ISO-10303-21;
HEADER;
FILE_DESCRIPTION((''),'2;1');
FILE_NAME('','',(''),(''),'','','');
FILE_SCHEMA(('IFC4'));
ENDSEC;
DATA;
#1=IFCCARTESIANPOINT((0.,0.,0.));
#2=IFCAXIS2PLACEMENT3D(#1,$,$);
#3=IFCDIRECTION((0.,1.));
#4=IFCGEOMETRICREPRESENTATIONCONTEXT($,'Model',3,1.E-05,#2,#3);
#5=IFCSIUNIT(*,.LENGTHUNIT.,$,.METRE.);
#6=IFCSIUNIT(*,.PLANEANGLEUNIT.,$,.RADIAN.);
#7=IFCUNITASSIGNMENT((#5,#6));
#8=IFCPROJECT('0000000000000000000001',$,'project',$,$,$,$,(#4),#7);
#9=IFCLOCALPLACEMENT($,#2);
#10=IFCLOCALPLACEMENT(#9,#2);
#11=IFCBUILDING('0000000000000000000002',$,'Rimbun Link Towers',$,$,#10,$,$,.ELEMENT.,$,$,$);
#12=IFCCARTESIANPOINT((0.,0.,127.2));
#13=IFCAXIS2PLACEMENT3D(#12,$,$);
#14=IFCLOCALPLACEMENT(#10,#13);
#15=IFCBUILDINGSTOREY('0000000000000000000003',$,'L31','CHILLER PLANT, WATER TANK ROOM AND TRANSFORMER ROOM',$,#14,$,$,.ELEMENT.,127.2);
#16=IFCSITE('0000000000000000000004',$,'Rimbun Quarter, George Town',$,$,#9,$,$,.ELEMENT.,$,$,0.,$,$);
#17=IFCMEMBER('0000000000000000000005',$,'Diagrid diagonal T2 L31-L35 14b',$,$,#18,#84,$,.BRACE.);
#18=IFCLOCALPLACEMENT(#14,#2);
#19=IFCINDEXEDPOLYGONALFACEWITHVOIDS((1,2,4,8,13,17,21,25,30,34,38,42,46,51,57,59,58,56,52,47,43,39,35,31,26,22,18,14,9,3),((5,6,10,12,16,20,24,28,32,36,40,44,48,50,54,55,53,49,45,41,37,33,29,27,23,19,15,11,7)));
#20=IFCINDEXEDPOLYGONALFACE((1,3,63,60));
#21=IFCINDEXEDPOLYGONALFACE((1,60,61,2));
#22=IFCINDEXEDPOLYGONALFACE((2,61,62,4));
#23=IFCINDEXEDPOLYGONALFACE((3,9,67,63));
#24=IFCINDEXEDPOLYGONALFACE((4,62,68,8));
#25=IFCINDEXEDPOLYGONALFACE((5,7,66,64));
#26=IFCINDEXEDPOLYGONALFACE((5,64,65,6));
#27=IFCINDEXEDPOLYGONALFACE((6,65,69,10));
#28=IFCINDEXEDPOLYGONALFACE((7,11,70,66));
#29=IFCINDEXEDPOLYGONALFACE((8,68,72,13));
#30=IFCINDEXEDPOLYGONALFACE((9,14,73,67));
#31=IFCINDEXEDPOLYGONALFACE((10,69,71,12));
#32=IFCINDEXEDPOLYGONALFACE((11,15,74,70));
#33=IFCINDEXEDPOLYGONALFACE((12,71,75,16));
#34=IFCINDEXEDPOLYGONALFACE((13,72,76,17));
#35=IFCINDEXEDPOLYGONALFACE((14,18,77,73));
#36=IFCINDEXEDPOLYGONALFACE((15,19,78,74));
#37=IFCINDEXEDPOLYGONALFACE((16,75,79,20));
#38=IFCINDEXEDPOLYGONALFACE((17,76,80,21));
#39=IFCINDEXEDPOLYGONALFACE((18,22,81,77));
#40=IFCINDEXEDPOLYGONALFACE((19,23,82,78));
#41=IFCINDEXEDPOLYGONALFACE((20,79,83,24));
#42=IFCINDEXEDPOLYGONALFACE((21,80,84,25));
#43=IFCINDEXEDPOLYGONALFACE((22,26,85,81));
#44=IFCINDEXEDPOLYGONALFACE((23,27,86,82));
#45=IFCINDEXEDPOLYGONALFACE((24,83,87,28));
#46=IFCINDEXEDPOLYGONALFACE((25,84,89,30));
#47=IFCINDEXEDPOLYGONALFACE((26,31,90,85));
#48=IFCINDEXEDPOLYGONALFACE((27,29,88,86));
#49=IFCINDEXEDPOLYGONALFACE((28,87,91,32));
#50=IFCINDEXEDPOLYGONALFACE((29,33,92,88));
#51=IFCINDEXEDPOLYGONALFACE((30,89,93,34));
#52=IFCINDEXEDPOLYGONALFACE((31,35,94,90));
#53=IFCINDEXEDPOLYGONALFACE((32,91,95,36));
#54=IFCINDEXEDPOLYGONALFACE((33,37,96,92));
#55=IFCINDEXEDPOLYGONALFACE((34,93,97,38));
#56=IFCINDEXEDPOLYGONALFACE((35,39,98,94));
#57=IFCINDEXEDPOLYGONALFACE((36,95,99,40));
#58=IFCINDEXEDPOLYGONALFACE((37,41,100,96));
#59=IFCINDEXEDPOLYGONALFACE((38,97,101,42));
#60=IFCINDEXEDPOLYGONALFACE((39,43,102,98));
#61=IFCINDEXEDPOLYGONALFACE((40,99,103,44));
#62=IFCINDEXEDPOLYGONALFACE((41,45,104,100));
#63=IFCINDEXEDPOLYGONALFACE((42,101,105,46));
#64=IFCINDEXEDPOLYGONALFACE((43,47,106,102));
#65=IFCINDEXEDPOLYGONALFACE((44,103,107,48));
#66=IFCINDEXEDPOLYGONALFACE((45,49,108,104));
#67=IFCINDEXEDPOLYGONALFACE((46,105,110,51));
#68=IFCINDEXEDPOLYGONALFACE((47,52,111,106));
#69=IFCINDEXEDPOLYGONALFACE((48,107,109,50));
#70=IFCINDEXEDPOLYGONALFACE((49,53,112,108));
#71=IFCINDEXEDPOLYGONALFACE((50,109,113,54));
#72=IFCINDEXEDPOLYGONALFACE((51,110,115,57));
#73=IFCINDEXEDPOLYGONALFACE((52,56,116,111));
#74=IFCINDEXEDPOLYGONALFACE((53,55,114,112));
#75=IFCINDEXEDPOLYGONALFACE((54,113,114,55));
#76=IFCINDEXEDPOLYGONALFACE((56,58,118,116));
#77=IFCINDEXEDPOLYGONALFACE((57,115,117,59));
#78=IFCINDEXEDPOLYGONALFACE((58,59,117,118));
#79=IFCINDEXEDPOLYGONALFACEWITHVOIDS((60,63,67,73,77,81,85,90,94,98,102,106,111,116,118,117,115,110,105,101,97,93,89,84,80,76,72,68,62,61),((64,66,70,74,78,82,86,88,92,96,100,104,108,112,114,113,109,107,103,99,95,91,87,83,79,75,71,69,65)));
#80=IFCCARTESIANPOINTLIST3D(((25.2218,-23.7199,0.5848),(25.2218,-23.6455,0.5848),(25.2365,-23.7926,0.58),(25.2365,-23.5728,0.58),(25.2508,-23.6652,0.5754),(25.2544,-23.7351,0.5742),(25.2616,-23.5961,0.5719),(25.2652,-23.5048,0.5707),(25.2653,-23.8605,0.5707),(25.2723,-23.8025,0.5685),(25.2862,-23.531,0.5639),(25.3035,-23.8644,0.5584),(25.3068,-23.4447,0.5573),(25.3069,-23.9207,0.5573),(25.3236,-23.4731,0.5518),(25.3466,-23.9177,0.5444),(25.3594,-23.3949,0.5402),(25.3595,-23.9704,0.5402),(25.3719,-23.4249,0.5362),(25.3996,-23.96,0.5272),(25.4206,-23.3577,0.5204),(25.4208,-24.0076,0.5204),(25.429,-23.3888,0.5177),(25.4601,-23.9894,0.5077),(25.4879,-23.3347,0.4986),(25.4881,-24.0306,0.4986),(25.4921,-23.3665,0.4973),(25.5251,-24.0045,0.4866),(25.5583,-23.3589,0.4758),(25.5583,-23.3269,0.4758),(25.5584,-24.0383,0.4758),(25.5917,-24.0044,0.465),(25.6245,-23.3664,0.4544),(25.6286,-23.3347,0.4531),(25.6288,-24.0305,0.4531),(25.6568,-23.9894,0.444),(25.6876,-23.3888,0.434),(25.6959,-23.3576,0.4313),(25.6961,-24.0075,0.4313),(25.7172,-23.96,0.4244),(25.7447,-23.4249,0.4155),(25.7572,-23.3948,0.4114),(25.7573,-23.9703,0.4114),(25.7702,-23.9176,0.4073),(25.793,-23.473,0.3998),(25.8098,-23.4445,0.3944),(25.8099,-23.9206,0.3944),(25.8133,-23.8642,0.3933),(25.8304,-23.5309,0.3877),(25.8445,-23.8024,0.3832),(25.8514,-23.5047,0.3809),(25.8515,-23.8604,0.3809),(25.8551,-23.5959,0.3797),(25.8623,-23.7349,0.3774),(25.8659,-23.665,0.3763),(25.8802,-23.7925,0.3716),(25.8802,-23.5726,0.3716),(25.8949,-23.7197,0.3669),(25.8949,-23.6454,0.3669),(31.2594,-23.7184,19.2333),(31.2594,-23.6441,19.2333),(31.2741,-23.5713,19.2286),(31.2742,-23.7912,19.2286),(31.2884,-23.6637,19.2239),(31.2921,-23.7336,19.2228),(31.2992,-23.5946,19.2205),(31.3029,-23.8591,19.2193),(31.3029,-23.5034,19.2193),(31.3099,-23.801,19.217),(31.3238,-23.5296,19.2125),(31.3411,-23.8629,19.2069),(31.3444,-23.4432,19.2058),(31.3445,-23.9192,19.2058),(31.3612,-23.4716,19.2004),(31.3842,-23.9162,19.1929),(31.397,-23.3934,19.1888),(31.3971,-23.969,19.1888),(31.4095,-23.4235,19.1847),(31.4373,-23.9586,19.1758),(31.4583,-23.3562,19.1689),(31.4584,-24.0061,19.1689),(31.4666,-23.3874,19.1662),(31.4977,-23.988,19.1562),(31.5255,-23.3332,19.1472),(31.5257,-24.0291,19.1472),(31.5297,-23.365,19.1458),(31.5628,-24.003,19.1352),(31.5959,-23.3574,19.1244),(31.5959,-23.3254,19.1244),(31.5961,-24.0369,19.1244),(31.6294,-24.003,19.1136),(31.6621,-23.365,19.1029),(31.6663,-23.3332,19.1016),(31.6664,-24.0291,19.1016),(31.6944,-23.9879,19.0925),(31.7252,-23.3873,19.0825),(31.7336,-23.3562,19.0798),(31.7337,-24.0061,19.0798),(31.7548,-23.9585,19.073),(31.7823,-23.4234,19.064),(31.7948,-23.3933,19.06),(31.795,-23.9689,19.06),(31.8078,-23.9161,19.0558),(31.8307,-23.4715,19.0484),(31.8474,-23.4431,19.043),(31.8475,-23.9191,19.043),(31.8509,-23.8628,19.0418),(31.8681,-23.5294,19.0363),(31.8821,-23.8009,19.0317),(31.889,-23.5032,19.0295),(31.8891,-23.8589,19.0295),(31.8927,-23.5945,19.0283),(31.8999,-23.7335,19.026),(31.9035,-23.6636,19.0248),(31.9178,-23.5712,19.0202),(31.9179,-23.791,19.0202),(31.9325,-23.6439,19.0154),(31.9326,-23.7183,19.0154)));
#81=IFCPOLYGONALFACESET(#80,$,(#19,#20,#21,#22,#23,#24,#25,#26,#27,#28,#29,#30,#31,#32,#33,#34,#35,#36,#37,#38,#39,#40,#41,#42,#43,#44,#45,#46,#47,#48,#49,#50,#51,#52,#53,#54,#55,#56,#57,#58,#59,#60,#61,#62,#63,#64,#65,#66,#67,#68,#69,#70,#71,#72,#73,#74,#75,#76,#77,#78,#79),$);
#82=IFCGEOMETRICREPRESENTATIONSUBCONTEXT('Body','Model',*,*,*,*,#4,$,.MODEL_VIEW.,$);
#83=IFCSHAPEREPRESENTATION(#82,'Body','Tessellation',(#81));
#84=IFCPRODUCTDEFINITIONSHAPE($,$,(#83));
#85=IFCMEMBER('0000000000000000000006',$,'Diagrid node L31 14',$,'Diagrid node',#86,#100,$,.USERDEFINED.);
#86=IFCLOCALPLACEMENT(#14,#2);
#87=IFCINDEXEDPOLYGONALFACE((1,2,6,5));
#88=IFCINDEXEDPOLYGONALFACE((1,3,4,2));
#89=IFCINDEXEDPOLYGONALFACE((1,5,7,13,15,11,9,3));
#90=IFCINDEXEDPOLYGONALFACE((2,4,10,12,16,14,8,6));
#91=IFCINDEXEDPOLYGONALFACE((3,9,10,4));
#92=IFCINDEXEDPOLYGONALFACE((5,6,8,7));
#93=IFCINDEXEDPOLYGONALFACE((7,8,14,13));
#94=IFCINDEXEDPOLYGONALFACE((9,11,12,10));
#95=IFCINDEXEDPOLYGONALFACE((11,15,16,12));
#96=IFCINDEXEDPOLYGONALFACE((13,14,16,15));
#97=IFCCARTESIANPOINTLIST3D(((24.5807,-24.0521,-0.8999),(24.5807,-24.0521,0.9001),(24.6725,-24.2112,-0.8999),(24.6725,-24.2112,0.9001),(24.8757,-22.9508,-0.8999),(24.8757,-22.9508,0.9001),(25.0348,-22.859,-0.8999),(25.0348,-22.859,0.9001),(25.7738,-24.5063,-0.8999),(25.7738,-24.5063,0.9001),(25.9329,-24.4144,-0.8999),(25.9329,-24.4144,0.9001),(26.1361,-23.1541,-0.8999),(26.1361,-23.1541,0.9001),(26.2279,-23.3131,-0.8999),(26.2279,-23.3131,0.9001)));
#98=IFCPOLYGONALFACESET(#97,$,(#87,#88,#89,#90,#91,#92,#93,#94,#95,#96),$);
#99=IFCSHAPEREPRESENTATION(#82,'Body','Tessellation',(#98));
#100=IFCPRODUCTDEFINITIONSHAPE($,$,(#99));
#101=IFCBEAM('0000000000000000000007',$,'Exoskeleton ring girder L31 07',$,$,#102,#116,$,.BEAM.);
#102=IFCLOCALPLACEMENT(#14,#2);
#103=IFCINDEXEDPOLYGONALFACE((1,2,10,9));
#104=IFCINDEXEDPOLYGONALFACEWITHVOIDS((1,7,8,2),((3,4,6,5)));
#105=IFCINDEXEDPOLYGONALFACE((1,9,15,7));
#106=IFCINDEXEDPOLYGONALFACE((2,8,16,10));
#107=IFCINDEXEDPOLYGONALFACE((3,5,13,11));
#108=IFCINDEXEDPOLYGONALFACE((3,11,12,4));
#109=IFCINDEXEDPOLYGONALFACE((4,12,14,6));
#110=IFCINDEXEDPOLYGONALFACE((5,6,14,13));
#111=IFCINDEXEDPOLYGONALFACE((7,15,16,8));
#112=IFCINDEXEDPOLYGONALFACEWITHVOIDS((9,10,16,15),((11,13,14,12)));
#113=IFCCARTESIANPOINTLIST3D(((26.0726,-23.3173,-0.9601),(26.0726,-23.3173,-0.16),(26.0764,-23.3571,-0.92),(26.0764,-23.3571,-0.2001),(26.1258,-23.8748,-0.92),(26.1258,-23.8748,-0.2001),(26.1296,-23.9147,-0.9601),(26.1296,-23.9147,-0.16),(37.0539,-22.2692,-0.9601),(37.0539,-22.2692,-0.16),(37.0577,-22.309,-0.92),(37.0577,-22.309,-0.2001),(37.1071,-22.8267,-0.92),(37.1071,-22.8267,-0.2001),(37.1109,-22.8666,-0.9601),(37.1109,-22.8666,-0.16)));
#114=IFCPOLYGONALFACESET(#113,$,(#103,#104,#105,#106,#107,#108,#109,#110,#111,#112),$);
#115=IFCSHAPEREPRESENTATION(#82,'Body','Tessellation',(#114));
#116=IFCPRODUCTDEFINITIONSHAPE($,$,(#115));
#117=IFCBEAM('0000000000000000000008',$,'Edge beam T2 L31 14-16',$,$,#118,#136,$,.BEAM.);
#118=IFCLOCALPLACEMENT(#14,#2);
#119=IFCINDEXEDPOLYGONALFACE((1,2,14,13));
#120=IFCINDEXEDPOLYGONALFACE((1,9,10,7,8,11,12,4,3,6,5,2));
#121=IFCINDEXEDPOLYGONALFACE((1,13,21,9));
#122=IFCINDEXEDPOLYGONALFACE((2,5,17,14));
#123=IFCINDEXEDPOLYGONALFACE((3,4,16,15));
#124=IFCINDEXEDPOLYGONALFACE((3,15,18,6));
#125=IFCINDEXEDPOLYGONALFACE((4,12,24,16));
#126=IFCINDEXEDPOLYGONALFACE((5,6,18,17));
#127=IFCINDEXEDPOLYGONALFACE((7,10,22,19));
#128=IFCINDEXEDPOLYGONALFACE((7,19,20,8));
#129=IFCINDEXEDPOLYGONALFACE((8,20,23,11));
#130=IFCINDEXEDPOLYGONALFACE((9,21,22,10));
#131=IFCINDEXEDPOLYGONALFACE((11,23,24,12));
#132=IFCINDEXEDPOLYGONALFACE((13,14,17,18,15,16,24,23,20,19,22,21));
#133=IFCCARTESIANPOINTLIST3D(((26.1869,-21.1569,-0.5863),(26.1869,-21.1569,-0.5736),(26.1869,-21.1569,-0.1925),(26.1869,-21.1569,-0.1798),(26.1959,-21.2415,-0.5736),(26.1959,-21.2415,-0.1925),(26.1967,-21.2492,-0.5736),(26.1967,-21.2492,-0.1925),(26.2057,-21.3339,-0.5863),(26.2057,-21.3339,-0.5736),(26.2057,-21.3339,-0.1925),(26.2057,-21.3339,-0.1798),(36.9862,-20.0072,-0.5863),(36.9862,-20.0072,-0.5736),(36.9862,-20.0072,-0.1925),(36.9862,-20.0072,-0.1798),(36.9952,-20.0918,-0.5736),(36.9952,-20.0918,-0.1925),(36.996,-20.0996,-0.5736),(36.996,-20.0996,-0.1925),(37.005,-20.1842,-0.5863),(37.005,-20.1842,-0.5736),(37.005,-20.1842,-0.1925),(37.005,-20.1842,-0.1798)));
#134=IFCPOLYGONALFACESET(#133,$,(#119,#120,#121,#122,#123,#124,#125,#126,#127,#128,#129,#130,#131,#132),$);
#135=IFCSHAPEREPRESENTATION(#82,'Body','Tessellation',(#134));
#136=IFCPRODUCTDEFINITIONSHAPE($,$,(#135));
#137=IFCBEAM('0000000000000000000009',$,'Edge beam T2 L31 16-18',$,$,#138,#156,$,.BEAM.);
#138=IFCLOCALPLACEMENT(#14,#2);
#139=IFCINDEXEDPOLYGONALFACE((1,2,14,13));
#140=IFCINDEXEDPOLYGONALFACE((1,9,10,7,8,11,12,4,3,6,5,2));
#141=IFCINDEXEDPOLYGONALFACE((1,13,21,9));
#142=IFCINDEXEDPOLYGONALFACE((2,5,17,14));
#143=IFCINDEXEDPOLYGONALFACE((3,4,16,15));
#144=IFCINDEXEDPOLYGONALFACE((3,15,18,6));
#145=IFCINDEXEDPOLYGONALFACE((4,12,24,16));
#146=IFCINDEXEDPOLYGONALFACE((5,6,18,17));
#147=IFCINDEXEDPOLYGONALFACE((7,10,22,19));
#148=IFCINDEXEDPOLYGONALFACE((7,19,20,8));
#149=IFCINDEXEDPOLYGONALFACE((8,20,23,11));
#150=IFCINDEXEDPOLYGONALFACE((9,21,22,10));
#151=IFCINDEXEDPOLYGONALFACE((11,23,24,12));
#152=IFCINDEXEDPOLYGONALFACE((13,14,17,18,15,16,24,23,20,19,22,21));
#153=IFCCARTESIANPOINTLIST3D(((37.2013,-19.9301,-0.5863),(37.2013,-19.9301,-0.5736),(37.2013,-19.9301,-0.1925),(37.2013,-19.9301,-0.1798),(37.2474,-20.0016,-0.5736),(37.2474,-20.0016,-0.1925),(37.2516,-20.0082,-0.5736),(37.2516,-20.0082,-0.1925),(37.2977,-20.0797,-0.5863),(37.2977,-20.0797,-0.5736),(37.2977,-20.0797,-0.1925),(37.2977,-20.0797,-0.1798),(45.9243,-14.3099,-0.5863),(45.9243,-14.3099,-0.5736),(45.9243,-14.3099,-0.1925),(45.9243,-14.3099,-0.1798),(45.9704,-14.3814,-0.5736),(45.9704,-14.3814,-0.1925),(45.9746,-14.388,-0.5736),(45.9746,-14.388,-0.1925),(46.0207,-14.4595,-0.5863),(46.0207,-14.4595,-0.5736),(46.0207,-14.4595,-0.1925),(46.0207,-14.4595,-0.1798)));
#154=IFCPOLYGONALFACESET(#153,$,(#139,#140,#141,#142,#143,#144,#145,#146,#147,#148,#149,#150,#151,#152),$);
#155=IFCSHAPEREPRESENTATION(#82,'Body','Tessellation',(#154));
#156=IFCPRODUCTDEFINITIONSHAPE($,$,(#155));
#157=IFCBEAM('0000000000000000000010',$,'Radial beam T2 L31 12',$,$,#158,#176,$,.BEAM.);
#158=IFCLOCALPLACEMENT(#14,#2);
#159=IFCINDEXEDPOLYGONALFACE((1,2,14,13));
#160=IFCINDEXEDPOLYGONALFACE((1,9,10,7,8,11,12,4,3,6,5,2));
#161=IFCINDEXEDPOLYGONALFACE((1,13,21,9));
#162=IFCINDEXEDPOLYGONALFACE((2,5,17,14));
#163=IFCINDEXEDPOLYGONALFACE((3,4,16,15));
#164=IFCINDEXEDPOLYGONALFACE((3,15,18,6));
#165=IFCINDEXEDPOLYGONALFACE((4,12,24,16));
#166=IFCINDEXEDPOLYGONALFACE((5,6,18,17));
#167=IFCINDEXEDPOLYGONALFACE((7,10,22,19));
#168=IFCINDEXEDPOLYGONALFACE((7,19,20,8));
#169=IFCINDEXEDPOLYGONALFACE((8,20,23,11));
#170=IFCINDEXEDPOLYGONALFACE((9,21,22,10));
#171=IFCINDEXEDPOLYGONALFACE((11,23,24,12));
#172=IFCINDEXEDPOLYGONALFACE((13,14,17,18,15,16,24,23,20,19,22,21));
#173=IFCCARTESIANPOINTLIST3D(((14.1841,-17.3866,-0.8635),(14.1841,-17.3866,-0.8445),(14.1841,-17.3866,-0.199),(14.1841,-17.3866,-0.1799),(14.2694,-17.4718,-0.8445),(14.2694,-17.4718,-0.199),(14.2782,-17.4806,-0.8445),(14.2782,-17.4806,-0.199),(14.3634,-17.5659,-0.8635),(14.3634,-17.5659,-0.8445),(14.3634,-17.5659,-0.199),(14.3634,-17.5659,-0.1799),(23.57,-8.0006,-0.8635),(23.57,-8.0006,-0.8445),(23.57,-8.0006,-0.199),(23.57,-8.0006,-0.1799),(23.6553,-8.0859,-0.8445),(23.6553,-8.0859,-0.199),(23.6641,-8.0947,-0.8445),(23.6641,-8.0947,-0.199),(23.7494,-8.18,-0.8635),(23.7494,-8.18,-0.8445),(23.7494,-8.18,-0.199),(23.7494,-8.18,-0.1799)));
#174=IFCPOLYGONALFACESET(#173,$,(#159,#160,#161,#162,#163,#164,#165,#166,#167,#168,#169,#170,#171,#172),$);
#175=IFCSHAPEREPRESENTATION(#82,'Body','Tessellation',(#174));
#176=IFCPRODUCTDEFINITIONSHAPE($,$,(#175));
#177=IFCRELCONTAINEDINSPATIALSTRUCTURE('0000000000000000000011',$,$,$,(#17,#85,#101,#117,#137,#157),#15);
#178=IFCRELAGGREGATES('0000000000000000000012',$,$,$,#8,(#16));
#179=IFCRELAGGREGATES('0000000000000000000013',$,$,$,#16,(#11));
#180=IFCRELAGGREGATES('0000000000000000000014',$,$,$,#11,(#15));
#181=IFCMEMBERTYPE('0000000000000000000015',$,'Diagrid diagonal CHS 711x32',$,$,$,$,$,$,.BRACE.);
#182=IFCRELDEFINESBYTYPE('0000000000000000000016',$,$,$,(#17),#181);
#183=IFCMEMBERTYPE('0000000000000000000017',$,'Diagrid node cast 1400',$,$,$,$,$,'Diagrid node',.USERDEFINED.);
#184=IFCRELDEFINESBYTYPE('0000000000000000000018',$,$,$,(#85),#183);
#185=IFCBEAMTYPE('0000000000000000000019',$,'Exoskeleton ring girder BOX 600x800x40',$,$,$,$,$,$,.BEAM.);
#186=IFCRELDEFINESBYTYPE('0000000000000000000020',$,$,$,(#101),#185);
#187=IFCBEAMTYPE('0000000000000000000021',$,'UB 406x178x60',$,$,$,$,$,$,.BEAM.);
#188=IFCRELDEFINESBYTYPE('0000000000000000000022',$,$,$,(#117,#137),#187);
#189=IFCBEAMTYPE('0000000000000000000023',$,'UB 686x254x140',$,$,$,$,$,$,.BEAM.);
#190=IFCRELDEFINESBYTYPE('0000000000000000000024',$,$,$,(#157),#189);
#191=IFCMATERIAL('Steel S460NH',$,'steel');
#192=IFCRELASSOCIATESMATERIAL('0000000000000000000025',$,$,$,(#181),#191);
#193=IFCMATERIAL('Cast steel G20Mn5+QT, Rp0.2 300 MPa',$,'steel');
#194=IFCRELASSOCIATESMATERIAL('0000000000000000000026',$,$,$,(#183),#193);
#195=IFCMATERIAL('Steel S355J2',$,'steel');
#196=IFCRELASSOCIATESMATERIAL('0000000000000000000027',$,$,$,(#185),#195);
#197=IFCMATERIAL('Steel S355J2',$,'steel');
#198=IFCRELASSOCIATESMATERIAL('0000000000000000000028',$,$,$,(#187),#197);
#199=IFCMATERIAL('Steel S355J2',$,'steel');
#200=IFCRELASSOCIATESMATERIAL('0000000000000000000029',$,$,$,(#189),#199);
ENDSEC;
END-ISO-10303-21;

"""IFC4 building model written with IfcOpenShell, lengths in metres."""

from ifc_helpers import new_model, si_unit, direction, frame, origin, origin_2d, place, context, subcontext, project, spatial, polyline, hollow_rectangle, hollow_circle, i_section, outline, extrude, material, material_profile, profile_set, type_object, element, save


model = new_model("IFC4")

# Units and contexts
model_context = context("Model", 3, precision=1e-05, world=origin(), true_north=direction((0.0, 1.0)))
body_context = subcontext(model_context, "Body", "Model", "MODEL_VIEW")
ifc_project = project(units=[si_unit("LENGTHUNIT", "METRE"), si_unit("PLANEANGLEUNIT", "RADIAN")], contexts=[model_context])

# Site, building, storey
site_placement = place(None, origin())
site = spatial("IfcSite", under=ifc_project, at=site_placement, Name="Rimbun Quarter, George Town", CompositionType="ELEMENT", RefElevation=0.0)
building_placement = place(site_placement, origin())
building = spatial("IfcBuilding", under=site, at=building_placement, Name="Rimbun Link Towers", CompositionType="ELEMENT")
storey_placement = place(building_placement, frame((0.0, 0.0, 127.2)))
storey = spatial("IfcBuildingStorey", under=building, at=storey_placement, Name="L31", Description="CHILLER PLANT, WATER TANK ROOM AND TRANSFORMER ROOM", CompositionType="ELEMENT", Elevation=127.2)

# Members
ifc_material_1 = material(Name="Steel S460NH", Category="steel")
ifc_material_profile_1 = material_profile(ifc_material_1, hollow_circle(Radius=0.3557, WallThickness=0.032, at=origin_2d()), Name="Diagrid diagonal CHS 711x32")
ifc_profile_set_1 = profile_set([ifc_material_profile_1], Name="Steel S460NH")
member_type_1 = type_object("IfcMemberType", Name="Diagrid diagonal CHS 711x32", PredefinedType="BRACE", material=ifc_profile_set_1)
member_1_placement = place(storey_placement, frame((25.5583, -23.6826, 0.4758), z_axis=(0.308018, 0.000075, 0.951381), x_axis=(-0.000243, 1.0, 0.0)))
element("IfcMember", 1, at=member_1_placement, inside=storey, type_object=member_type_1, Name="Diagrid diagonal T2 L31-L35 14b", PredefinedType="BRACE", context=body_context, shape_type="SweptSolid", body=[
    extrude(hollow_circle(Radius=0.3557, WallThickness=0.032, at=origin_2d()), origin(), (0.0, 0.0, 1.0), 19.6016),
])
ifc_material_2 = material(Name="Cast steel G20Mn5+QT, Rp0.2 300 MPa", Category="steel")
ifc_material_profile_2 = material_profile(ifc_material_2, outline(polyline([(0.7, -0.5701), (0.7, 0.5701), (0.5701, 0.7), (-0.5701, 0.7), (-0.7, 0.5701), (-0.7, -0.5701), (-0.5701, -0.7), (0.5701, -0.7), (0.7, -0.5701)])), Name="NODE 1400x1400")
ifc_profile_set_2 = profile_set([ifc_material_profile_2], Name="Cast steel G20Mn5+QT, Rp0.2 300 MPa")
member_type_2 = type_object("IfcMemberType", Name="Diagrid node cast 1400", ElementType="Diagrid node", PredefinedType="USERDEFINED", material=ifc_profile_set_2)
member_2_placement = place(storey_placement, frame((25.4043, -23.6826, -0.8999), z_axis=(0.0, 0.0, 1.0), x_axis=(-0.258819, -0.965926, 0.0)))
element("IfcMember", 2, at=member_2_placement, inside=storey, type_object=member_type_2, Name="Diagrid node L31 14", ObjectType="Diagrid node", PredefinedType="USERDEFINED", context=body_context, shape_type="SweptSolid", body=[
    extrude(outline(polyline([(0.7, -0.5701), (0.7, 0.5701), (0.5701, 0.7), (-0.5701, 0.7), (-0.7, 0.5701), (-0.7, -0.5701), (-0.5701, -0.7), (0.5701, -0.7), (0.7, -0.5701)])), origin(), (0.0, 0.0, 1.0), 1.8),
])

# Beams
ifc_material_3 = material(Name="Steel S355J2", Category="steel")
ifc_material_profile_3 = material_profile(ifc_material_3, hollow_rectangle(XDim=0.6001, YDim=0.8, WallThickness=0.04, at=origin_2d()), Name="Exoskeleton ring girder BOX 600x800x40")
ifc_profile_set_3 = profile_set([ifc_material_profile_3], Name="Steel S355J2")
beam_type_1 = type_object("IfcBeamType", Name="Exoskeleton ring girder BOX 600x800x40", PredefinedType="BEAM", material=ifc_profile_set_3)
beam_1_placement = place(storey_placement, frame((26.1011, -23.616, -0.5601), z_axis=(0.995476, 0.095011, 0.0), x_axis=(-0.095011, 0.995476, 0.0)))
element("IfcBeam", 3, at=beam_1_placement, inside=storey, type_object=beam_type_1, Name="Exoskeleton ring girder L31 07", PredefinedType="BEAM", context=body_context, shape_type="SweptSolid", body=[
    extrude(hollow_rectangle(XDim=0.6001, YDim=0.8, WallThickness=0.04, at=origin_2d()), origin(), (0.0, 0.0, 1.0), 11.0312),
])
ifc_material_4 = material(Name="Steel S355J2", Category="steel")
ifc_material_profile_4 = material_profile(ifc_material_4, i_section(OverallWidth=0.178, OverallDepth=0.4065, WebThickness=0.0078, FlangeThickness=0.0127, at=origin_2d()), Name="UB 406x178x60")
ifc_profile_set_4 = profile_set([ifc_material_profile_4], Name="Steel S355J2")
beam_type_2 = type_object("IfcBeamType", Name="UB 406x178x60", PredefinedType="BEAM", material=ifc_profile_set_4)
beam_2_placement = place(storey_placement, frame((26.1963, -21.2454, -0.3831), z_axis=(0.994381, 0.105858, 0.0), x_axis=(-0.105858, 0.994381, 0.0)))
element("IfcBeam", 4, at=beam_2_placement, inside=storey, type_object=beam_type_2, Name="Edge beam T2 L31 14-16", PredefinedType="BEAM", context=body_context, shape_type="SweptSolid", body=[
    extrude(i_section(OverallWidth=0.178, OverallDepth=0.4065, WebThickness=0.0078, FlangeThickness=0.0127, at=origin_2d()), origin(), (0.0, 0.0, 1.0), 10.8604),
])
beam_3_placement = place(storey_placement, frame((37.2495, -20.0049, -0.3831), z_axis=(0.840628, 0.541612, 0.0), x_axis=(-0.541612, 0.840628, 0.0)))
element("IfcBeam", 5, at=beam_3_placement, inside=storey, type_object=beam_type_2, Name="Edge beam T2 L31 16-18", PredefinedType="BEAM", context=body_context, shape_type="SweptSolid", body=[
    extrude(i_section(OverallWidth=0.178, OverallDepth=0.4065, WebThickness=0.0078, FlangeThickness=0.0127, at=origin_2d()), origin(), (0.0, 0.0, 1.0), 10.3767),
])
ifc_material_5 = material(Name="Steel S355J2", Category="steel")
ifc_material_profile_5 = material_profile(ifc_material_5, i_section(OverallWidth=0.2537, OverallDepth=0.6836, WebThickness=0.0125, FlangeThickness=0.019, at=origin_2d()), Name="UB 686x254x140")
ifc_profile_set_5 = profile_set([ifc_material_profile_5], Name="Steel S355J2")
beam_type_3 = type_object("IfcBeamType", Name="UB 686x254x140", PredefinedType="BEAM", material=ifc_profile_set_5)
beam_4_placement = place(storey_placement, frame((23.6597, -8.0903, -0.5217), z_axis=(-0.707107, -0.707107, 0.0), x_axis=(0.707107, -0.707107, 0.0)))
element("IfcBeam", 6, at=beam_4_placement, inside=storey, type_object=beam_type_3, Name="Radial beam T2 L31 12", PredefinedType="BEAM", context=body_context, shape_type="SweptSolid", body=[
    extrude(i_section(OverallWidth=0.2537, OverallDepth=0.6836, WebThickness=0.0125, FlangeThickness=0.019, at=origin_2d()), origin(), (0.0, 0.0, 1.0), 13.2737),
])

save(model, "model.ifc")
